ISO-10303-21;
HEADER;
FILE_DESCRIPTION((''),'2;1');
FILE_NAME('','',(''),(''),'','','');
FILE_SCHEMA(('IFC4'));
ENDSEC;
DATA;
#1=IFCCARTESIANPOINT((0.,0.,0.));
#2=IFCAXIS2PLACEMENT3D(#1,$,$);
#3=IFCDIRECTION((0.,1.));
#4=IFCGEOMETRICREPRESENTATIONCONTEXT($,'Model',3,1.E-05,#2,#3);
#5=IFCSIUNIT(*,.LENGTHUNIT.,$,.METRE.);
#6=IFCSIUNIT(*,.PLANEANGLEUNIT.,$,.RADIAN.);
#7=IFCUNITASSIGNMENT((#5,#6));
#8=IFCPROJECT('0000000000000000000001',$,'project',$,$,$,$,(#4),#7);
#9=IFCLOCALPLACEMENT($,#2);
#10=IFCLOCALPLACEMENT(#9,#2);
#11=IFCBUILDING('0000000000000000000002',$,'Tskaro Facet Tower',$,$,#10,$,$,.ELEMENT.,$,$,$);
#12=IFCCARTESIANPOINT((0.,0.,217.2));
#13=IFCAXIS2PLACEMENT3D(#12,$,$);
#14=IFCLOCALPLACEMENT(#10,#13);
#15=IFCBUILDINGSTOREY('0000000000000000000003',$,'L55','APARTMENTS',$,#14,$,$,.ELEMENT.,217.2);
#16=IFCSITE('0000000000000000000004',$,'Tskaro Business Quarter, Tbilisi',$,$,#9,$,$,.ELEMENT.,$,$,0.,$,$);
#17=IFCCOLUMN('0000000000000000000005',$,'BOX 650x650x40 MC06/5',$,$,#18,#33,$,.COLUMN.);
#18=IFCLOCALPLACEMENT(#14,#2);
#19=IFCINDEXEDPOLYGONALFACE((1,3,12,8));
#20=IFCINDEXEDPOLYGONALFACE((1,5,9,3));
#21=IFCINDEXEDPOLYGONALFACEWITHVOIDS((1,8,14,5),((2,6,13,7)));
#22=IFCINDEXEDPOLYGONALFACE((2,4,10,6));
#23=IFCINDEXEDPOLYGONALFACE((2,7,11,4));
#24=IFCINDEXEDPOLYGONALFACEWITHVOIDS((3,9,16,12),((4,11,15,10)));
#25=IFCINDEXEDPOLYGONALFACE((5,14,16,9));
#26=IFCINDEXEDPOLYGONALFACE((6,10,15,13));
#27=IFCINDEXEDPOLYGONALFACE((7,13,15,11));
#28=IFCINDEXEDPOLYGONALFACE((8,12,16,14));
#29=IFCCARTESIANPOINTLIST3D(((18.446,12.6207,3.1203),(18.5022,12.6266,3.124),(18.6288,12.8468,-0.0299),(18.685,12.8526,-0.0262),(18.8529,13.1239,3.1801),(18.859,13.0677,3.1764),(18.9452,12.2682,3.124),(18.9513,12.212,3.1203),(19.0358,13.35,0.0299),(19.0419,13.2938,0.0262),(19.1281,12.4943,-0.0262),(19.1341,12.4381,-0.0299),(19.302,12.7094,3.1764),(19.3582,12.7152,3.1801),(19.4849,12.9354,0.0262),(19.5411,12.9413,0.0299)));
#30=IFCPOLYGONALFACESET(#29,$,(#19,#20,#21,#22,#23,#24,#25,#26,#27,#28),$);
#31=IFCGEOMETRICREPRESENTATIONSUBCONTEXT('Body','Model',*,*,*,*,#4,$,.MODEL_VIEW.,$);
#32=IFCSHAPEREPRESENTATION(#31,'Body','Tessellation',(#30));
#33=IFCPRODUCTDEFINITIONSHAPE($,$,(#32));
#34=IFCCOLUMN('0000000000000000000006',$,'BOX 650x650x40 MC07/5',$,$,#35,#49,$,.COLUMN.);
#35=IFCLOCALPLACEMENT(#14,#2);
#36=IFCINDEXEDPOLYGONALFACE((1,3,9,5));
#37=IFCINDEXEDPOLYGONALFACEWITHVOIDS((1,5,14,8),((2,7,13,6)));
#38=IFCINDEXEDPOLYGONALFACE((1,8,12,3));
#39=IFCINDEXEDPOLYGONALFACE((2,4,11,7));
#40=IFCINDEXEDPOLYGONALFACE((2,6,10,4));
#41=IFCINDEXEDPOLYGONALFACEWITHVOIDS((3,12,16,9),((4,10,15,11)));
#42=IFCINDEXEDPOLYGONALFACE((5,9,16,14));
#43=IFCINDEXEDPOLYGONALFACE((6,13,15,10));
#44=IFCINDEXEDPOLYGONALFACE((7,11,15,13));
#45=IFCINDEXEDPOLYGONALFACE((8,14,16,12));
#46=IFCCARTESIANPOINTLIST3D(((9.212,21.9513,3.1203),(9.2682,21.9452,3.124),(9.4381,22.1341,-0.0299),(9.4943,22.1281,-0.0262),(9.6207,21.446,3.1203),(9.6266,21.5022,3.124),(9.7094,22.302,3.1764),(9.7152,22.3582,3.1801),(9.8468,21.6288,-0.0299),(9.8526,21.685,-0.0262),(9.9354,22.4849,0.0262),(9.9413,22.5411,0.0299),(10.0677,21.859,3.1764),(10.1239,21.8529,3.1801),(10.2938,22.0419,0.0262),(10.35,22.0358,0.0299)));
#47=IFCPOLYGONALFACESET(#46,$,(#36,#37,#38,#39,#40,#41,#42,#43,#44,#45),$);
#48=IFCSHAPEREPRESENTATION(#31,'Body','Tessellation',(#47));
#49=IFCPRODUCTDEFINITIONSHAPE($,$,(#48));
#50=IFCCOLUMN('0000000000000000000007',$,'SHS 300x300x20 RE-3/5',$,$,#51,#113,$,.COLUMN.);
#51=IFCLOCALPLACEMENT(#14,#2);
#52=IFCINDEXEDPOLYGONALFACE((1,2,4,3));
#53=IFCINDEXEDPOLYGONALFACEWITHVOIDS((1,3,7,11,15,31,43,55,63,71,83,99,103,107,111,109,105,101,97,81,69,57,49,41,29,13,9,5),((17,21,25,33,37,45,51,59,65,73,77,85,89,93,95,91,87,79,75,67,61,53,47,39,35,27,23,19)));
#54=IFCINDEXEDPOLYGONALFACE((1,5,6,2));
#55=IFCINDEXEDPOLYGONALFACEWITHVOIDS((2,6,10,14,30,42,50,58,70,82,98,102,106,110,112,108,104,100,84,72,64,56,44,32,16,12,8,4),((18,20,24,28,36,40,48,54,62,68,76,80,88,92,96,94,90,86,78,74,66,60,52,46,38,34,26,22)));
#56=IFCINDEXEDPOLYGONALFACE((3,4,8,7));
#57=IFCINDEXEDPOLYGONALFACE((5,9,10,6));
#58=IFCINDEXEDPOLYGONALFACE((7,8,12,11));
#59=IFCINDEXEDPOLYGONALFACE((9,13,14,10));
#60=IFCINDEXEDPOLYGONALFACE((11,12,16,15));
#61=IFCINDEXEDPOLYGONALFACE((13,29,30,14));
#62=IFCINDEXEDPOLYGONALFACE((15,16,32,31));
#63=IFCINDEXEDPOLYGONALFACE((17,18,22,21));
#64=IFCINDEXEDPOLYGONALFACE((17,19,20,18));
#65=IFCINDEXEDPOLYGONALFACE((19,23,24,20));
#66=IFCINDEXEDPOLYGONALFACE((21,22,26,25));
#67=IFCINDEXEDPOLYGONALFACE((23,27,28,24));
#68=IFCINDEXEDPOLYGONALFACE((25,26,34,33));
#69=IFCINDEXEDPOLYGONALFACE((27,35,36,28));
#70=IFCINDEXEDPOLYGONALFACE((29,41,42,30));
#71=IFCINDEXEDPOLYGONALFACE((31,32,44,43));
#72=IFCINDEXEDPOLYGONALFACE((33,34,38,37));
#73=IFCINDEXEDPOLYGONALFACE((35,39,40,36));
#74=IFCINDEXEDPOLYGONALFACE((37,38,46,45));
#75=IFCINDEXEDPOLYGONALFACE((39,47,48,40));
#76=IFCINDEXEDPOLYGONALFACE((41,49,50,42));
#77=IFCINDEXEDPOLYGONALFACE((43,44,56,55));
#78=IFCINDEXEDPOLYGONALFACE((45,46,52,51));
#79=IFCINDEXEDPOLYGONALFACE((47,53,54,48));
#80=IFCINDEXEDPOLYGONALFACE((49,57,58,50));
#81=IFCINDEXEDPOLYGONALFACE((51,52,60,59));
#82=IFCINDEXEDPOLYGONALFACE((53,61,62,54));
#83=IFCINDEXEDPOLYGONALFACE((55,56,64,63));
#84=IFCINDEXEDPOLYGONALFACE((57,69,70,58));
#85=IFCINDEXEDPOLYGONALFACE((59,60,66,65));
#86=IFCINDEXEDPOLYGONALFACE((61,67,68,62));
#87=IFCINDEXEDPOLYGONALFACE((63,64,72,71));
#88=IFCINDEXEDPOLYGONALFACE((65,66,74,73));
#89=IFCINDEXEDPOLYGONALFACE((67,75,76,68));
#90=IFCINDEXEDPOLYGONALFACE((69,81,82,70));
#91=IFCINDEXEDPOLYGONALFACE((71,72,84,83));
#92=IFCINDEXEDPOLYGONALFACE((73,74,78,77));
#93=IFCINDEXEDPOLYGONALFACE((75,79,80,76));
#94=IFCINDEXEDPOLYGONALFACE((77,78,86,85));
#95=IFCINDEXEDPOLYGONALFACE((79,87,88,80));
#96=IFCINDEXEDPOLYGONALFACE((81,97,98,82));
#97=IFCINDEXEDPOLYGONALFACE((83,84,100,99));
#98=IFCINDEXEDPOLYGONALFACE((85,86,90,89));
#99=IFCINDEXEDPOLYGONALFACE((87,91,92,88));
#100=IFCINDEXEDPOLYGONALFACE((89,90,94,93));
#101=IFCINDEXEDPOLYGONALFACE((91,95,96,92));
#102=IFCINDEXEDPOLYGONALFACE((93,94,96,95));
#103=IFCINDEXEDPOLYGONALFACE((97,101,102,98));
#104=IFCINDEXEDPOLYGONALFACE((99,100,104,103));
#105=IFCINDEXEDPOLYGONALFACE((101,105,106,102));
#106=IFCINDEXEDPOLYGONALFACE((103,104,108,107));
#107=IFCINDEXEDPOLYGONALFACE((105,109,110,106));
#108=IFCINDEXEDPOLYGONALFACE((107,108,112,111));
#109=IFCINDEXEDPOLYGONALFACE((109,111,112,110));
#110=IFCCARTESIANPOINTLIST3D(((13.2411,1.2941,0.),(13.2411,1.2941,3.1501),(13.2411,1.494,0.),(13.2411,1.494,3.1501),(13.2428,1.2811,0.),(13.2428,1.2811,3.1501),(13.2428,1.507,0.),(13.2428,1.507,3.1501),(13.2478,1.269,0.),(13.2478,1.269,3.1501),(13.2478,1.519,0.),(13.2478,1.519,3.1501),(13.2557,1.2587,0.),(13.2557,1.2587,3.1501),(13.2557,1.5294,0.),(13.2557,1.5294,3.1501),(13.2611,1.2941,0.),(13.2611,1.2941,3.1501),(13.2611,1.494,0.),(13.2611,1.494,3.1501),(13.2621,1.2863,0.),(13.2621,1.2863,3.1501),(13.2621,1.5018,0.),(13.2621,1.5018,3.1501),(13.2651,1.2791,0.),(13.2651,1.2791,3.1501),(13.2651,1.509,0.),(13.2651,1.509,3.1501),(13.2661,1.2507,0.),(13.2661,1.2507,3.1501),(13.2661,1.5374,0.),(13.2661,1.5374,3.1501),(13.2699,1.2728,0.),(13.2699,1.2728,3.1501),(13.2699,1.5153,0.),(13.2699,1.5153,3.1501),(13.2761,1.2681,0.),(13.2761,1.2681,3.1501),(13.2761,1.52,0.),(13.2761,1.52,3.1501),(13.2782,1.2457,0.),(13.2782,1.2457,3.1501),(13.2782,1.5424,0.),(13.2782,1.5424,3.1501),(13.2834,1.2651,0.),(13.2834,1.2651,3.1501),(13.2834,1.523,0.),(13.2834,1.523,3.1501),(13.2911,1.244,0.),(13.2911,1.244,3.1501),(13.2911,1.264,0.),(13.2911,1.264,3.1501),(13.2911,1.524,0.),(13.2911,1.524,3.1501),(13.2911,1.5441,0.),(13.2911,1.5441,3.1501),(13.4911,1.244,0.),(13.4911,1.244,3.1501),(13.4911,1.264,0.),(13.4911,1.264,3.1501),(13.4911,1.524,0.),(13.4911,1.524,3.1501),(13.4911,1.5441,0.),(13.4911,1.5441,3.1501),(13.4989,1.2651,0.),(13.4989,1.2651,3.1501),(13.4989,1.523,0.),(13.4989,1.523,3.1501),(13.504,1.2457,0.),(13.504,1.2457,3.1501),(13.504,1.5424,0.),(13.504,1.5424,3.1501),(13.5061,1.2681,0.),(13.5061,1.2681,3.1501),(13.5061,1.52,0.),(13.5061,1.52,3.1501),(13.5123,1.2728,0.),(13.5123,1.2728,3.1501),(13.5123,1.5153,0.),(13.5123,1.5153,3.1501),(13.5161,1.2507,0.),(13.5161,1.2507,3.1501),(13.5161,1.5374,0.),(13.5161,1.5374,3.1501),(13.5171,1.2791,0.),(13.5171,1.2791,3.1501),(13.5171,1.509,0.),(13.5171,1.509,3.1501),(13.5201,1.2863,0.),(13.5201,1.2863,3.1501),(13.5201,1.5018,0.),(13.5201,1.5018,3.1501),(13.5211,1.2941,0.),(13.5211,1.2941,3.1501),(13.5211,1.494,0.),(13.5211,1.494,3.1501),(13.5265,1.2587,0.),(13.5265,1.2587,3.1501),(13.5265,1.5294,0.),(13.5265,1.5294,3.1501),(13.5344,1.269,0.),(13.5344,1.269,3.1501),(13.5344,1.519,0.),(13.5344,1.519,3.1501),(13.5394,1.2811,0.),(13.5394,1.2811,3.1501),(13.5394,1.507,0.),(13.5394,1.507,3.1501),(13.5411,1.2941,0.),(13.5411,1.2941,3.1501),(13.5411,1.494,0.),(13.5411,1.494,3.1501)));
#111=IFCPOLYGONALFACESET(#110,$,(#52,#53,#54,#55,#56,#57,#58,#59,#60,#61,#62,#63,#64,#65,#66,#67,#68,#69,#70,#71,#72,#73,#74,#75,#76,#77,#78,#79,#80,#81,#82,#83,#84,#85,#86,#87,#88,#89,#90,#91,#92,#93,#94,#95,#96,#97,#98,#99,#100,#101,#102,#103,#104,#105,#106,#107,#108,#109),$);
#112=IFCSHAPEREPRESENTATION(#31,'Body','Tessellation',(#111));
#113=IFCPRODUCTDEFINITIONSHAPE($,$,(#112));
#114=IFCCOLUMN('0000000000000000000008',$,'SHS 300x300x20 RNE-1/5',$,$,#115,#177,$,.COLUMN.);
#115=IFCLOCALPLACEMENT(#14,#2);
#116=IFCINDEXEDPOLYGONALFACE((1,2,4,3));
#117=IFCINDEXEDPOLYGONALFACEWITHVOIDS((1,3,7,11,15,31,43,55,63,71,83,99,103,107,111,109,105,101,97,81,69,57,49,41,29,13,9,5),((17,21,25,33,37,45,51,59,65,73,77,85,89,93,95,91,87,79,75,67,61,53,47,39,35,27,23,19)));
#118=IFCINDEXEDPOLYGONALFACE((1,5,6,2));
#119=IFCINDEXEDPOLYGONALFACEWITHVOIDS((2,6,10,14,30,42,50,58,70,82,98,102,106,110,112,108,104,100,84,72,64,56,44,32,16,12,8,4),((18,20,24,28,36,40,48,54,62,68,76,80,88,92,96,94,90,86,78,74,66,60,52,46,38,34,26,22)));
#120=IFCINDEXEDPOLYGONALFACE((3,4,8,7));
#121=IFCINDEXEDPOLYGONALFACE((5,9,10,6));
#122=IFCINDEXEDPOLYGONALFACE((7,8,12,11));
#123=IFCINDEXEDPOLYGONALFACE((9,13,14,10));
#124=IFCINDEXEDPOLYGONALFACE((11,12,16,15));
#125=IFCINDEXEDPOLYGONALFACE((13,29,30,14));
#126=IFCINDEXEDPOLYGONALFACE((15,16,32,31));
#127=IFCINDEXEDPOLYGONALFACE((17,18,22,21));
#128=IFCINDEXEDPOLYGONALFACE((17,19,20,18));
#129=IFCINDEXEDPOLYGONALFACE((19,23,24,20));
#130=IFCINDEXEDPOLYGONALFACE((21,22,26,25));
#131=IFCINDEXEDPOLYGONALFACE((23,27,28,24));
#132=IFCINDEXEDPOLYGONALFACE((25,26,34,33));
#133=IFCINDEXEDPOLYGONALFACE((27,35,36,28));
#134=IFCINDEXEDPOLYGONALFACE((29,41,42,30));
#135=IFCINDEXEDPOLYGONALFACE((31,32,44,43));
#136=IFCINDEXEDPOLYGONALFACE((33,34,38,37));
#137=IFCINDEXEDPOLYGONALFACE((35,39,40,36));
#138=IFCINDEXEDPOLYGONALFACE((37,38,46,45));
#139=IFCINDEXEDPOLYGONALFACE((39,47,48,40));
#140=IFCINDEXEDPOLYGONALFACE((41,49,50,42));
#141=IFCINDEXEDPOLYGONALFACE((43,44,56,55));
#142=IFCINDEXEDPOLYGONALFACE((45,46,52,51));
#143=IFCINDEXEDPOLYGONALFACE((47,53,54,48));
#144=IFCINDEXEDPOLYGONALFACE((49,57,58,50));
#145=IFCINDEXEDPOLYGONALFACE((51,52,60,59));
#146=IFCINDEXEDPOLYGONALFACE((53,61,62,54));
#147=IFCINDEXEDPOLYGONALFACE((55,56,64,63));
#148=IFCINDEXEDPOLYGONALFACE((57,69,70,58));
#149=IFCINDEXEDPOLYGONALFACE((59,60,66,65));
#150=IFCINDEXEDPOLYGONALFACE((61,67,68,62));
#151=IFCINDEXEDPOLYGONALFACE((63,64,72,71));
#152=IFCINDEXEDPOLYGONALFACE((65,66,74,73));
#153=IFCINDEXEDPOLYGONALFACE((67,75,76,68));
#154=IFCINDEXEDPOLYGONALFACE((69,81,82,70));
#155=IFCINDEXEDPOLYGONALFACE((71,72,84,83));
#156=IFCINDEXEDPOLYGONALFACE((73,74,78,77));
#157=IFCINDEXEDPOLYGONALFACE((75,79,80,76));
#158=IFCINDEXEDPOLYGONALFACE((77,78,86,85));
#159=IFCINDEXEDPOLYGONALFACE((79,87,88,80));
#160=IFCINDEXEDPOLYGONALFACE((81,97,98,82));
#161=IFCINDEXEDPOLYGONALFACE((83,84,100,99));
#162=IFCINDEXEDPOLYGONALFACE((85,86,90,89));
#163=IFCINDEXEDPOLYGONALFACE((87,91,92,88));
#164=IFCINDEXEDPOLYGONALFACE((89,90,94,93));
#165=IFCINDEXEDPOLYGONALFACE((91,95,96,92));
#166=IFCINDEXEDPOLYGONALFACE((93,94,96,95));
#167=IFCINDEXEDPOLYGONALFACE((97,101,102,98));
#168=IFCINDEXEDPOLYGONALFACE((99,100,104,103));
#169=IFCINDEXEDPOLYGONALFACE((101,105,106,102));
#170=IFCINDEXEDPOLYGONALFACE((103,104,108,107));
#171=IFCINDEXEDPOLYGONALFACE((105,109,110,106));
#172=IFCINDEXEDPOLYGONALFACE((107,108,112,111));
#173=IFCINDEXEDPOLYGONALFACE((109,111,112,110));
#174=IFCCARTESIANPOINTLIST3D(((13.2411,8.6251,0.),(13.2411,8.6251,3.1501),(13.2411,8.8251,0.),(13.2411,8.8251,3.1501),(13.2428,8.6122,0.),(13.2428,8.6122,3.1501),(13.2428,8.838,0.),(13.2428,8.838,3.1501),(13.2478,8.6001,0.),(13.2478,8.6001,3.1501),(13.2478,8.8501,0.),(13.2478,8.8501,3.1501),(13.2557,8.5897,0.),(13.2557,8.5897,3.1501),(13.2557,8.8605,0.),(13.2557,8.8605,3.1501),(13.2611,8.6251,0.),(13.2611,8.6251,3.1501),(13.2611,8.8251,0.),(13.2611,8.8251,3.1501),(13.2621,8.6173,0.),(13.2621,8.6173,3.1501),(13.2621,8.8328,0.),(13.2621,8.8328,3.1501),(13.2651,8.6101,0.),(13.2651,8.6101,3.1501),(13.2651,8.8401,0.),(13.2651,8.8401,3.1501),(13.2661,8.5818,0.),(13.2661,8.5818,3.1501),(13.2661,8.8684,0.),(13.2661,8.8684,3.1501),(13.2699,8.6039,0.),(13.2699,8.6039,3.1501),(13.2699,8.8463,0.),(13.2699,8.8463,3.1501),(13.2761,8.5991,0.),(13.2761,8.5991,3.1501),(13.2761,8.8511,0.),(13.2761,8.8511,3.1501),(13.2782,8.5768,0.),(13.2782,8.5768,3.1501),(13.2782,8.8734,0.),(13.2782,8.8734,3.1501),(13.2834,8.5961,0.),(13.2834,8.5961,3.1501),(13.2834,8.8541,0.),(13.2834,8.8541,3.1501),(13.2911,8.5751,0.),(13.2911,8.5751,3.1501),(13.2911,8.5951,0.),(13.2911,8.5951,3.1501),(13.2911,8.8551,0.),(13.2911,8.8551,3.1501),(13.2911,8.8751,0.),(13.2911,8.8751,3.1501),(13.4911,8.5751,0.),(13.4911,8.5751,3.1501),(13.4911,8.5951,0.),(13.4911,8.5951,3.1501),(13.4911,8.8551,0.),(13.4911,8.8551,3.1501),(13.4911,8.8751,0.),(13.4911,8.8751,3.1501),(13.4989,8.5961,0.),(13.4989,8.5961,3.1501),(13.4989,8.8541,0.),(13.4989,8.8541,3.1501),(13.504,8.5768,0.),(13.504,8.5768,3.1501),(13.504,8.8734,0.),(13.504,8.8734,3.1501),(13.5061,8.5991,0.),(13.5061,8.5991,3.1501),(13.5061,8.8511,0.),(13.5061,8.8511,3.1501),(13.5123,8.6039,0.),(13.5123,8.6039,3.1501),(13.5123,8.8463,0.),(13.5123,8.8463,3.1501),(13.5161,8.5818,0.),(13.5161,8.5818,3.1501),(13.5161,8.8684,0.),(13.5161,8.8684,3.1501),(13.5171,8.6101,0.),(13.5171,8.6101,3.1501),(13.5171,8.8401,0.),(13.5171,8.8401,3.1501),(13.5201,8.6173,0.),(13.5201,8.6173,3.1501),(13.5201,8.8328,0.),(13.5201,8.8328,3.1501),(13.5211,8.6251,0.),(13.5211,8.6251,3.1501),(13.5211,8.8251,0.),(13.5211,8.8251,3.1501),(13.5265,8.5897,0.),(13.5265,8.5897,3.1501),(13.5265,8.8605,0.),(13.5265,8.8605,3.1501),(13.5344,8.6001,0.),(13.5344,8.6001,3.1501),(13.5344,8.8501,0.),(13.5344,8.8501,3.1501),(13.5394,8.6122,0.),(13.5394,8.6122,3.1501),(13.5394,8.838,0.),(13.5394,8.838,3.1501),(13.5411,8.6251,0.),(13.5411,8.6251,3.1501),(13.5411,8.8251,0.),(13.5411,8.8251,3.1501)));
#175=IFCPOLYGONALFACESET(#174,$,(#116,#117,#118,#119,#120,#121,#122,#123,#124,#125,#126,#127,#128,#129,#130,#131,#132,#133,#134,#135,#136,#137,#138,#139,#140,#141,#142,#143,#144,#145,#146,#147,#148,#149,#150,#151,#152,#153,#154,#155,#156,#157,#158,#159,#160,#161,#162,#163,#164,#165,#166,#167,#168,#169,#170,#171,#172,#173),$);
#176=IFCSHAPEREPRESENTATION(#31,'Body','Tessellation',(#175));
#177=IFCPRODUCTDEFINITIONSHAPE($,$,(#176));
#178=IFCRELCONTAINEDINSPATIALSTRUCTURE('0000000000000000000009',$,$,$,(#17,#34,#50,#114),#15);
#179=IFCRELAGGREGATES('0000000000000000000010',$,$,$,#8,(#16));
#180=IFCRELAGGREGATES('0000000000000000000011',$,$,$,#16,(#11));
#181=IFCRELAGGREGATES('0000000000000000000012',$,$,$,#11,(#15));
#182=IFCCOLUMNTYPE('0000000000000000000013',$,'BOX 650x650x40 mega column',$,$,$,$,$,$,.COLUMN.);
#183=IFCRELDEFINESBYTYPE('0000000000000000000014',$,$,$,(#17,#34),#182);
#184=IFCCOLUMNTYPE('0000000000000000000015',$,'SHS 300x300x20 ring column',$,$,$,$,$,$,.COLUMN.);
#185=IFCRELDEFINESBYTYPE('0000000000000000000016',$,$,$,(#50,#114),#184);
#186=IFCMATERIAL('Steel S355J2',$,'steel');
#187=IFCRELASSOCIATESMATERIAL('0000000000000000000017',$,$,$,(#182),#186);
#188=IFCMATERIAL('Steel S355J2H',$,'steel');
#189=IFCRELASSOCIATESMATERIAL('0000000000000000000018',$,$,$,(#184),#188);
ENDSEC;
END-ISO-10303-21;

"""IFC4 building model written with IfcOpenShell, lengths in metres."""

from ifc_helpers import new_model, si_unit, direction, frame, origin, origin_2d, place, context, subcontext, project, spatial, hollow_rectangle, extrude, material, material_profile, profile_set, type_object, element, save


model = new_model("IFC4")

# Units and contexts
model_context = context("Model", 3, precision=1e-05, world=origin(), true_north=direction((0.0, 1.0)))
body_context = subcontext(model_context, "Body", "Model", "MODEL_VIEW")
ifc_project = project(units=[si_unit("LENGTHUNIT", "METRE"), si_unit("PLANEANGLEUNIT", "RADIAN")], contexts=[model_context])

# Site, building, storey
site_placement = place(None, origin())
site = spatial("IfcSite", under=ifc_project, at=site_placement, Name="Tskaro Business Quarter, Tbilisi", CompositionType="ELEMENT", RefElevation=0.0)
building_placement = place(site_placement, origin())
building = spatial("IfcBuilding", under=site, at=building_placement, Name="Tskaro Facet Tower", CompositionType="ELEMENT")
storey_placement = place(building_placement, frame((0.0, 0.0, 217.2)))
storey = spatial("IfcBuildingStorey", under=building, at=storey_placement, Name="L55", Description="APARTMENTS", CompositionType="ELEMENT", Elevation=217.2)

# Columns
ifc_material_1 = material(Name="Steel S355J2", Category="steel")
ifc_material_profile_1 = material_profile(ifc_material_1, hollow_rectangle(XDim=0.6499, YDim=0.6499, WallThickness=0.04, at=origin_2d()), Name="BOX 650x650x40")
ifc_profile_set_1 = profile_set([ifc_material_profile_1], Name="Steel S355J2")
column_type_1 = type_object("IfcColumnType", Name="BOX 650x650x40 mega column", PredefinedType="COLUMN", material=ifc_profile_set_1)
for number, where, z_axis, x_axis, name in (
    (1, (19.085, 12.894, 0.0), (-0.057803, -0.071462, 0.995767), (0.777499, -0.628884, 0.0), "BOX 650x650x40 MC06/5"),
    (2, (9.894, 22.085, 0.0), (-0.071462, -0.057803, 0.995767), (0.628884, -0.777499, 0.0), "BOX 650x650x40 MC07/5"),
):
    element("IfcColumn", number, at=place(storey_placement, frame(where, z_axis=z_axis, x_axis=x_axis)), inside=storey, type_object=column_type_1, Name=name, PredefinedType="COLUMN", context=body_context, shape_type="SweptSolid", body=[
        extrude(hollow_rectangle(XDim=0.6499, YDim=0.6499, WallThickness=0.04, at=origin_2d()), origin(), (0.0, 0.0, 1.0), 3.1636),
    ])
ifc_material_2 = material(Name="Steel S355J2H", Category="steel")
ifc_material_profile_2 = material_profile(ifc_material_2, hollow_rectangle(XDim=0.3, YDim=0.3, WallThickness=0.02, InnerFilletRadius=0.03, OuterFilletRadius=0.05, at=origin_2d()), Name="SHS 300x300x20")
ifc_profile_set_2 = profile_set([ifc_material_profile_2], Name="Steel S355J2H")
column_type_2 = type_object("IfcColumnType", Name="SHS 300x300x20 ring column", PredefinedType="COLUMN", material=ifc_profile_set_2)
for number, where, z_axis, x_axis, name in (
    (3, (13.3911, 1.394, 0.0), (0.0, 0.0, 1.0), (1.0, 0.0, 0.0), "SHS 300x300x20 RE-3/5"),
    (4, (13.3911, 8.7251, 0.0), (0.0, 0.0, 1.0), (1.0, 0.0, 0.0), "SHS 300x300x20 RNE-1/5"),
):
    element("IfcColumn", number, at=place(storey_placement, frame(where, z_axis=z_axis, x_axis=x_axis)), inside=storey, type_object=column_type_2, Name=name, PredefinedType="COLUMN", context=body_context, shape_type="SweptSolid", body=[
        extrude(hollow_rectangle(XDim=0.3, YDim=0.3, WallThickness=0.02, InnerFilletRadius=0.03, OuterFilletRadius=0.05, at=origin_2d()), origin(), (0.0, 0.0, 1.0), 3.1501),
    ])

save(model, "model.ifc")
